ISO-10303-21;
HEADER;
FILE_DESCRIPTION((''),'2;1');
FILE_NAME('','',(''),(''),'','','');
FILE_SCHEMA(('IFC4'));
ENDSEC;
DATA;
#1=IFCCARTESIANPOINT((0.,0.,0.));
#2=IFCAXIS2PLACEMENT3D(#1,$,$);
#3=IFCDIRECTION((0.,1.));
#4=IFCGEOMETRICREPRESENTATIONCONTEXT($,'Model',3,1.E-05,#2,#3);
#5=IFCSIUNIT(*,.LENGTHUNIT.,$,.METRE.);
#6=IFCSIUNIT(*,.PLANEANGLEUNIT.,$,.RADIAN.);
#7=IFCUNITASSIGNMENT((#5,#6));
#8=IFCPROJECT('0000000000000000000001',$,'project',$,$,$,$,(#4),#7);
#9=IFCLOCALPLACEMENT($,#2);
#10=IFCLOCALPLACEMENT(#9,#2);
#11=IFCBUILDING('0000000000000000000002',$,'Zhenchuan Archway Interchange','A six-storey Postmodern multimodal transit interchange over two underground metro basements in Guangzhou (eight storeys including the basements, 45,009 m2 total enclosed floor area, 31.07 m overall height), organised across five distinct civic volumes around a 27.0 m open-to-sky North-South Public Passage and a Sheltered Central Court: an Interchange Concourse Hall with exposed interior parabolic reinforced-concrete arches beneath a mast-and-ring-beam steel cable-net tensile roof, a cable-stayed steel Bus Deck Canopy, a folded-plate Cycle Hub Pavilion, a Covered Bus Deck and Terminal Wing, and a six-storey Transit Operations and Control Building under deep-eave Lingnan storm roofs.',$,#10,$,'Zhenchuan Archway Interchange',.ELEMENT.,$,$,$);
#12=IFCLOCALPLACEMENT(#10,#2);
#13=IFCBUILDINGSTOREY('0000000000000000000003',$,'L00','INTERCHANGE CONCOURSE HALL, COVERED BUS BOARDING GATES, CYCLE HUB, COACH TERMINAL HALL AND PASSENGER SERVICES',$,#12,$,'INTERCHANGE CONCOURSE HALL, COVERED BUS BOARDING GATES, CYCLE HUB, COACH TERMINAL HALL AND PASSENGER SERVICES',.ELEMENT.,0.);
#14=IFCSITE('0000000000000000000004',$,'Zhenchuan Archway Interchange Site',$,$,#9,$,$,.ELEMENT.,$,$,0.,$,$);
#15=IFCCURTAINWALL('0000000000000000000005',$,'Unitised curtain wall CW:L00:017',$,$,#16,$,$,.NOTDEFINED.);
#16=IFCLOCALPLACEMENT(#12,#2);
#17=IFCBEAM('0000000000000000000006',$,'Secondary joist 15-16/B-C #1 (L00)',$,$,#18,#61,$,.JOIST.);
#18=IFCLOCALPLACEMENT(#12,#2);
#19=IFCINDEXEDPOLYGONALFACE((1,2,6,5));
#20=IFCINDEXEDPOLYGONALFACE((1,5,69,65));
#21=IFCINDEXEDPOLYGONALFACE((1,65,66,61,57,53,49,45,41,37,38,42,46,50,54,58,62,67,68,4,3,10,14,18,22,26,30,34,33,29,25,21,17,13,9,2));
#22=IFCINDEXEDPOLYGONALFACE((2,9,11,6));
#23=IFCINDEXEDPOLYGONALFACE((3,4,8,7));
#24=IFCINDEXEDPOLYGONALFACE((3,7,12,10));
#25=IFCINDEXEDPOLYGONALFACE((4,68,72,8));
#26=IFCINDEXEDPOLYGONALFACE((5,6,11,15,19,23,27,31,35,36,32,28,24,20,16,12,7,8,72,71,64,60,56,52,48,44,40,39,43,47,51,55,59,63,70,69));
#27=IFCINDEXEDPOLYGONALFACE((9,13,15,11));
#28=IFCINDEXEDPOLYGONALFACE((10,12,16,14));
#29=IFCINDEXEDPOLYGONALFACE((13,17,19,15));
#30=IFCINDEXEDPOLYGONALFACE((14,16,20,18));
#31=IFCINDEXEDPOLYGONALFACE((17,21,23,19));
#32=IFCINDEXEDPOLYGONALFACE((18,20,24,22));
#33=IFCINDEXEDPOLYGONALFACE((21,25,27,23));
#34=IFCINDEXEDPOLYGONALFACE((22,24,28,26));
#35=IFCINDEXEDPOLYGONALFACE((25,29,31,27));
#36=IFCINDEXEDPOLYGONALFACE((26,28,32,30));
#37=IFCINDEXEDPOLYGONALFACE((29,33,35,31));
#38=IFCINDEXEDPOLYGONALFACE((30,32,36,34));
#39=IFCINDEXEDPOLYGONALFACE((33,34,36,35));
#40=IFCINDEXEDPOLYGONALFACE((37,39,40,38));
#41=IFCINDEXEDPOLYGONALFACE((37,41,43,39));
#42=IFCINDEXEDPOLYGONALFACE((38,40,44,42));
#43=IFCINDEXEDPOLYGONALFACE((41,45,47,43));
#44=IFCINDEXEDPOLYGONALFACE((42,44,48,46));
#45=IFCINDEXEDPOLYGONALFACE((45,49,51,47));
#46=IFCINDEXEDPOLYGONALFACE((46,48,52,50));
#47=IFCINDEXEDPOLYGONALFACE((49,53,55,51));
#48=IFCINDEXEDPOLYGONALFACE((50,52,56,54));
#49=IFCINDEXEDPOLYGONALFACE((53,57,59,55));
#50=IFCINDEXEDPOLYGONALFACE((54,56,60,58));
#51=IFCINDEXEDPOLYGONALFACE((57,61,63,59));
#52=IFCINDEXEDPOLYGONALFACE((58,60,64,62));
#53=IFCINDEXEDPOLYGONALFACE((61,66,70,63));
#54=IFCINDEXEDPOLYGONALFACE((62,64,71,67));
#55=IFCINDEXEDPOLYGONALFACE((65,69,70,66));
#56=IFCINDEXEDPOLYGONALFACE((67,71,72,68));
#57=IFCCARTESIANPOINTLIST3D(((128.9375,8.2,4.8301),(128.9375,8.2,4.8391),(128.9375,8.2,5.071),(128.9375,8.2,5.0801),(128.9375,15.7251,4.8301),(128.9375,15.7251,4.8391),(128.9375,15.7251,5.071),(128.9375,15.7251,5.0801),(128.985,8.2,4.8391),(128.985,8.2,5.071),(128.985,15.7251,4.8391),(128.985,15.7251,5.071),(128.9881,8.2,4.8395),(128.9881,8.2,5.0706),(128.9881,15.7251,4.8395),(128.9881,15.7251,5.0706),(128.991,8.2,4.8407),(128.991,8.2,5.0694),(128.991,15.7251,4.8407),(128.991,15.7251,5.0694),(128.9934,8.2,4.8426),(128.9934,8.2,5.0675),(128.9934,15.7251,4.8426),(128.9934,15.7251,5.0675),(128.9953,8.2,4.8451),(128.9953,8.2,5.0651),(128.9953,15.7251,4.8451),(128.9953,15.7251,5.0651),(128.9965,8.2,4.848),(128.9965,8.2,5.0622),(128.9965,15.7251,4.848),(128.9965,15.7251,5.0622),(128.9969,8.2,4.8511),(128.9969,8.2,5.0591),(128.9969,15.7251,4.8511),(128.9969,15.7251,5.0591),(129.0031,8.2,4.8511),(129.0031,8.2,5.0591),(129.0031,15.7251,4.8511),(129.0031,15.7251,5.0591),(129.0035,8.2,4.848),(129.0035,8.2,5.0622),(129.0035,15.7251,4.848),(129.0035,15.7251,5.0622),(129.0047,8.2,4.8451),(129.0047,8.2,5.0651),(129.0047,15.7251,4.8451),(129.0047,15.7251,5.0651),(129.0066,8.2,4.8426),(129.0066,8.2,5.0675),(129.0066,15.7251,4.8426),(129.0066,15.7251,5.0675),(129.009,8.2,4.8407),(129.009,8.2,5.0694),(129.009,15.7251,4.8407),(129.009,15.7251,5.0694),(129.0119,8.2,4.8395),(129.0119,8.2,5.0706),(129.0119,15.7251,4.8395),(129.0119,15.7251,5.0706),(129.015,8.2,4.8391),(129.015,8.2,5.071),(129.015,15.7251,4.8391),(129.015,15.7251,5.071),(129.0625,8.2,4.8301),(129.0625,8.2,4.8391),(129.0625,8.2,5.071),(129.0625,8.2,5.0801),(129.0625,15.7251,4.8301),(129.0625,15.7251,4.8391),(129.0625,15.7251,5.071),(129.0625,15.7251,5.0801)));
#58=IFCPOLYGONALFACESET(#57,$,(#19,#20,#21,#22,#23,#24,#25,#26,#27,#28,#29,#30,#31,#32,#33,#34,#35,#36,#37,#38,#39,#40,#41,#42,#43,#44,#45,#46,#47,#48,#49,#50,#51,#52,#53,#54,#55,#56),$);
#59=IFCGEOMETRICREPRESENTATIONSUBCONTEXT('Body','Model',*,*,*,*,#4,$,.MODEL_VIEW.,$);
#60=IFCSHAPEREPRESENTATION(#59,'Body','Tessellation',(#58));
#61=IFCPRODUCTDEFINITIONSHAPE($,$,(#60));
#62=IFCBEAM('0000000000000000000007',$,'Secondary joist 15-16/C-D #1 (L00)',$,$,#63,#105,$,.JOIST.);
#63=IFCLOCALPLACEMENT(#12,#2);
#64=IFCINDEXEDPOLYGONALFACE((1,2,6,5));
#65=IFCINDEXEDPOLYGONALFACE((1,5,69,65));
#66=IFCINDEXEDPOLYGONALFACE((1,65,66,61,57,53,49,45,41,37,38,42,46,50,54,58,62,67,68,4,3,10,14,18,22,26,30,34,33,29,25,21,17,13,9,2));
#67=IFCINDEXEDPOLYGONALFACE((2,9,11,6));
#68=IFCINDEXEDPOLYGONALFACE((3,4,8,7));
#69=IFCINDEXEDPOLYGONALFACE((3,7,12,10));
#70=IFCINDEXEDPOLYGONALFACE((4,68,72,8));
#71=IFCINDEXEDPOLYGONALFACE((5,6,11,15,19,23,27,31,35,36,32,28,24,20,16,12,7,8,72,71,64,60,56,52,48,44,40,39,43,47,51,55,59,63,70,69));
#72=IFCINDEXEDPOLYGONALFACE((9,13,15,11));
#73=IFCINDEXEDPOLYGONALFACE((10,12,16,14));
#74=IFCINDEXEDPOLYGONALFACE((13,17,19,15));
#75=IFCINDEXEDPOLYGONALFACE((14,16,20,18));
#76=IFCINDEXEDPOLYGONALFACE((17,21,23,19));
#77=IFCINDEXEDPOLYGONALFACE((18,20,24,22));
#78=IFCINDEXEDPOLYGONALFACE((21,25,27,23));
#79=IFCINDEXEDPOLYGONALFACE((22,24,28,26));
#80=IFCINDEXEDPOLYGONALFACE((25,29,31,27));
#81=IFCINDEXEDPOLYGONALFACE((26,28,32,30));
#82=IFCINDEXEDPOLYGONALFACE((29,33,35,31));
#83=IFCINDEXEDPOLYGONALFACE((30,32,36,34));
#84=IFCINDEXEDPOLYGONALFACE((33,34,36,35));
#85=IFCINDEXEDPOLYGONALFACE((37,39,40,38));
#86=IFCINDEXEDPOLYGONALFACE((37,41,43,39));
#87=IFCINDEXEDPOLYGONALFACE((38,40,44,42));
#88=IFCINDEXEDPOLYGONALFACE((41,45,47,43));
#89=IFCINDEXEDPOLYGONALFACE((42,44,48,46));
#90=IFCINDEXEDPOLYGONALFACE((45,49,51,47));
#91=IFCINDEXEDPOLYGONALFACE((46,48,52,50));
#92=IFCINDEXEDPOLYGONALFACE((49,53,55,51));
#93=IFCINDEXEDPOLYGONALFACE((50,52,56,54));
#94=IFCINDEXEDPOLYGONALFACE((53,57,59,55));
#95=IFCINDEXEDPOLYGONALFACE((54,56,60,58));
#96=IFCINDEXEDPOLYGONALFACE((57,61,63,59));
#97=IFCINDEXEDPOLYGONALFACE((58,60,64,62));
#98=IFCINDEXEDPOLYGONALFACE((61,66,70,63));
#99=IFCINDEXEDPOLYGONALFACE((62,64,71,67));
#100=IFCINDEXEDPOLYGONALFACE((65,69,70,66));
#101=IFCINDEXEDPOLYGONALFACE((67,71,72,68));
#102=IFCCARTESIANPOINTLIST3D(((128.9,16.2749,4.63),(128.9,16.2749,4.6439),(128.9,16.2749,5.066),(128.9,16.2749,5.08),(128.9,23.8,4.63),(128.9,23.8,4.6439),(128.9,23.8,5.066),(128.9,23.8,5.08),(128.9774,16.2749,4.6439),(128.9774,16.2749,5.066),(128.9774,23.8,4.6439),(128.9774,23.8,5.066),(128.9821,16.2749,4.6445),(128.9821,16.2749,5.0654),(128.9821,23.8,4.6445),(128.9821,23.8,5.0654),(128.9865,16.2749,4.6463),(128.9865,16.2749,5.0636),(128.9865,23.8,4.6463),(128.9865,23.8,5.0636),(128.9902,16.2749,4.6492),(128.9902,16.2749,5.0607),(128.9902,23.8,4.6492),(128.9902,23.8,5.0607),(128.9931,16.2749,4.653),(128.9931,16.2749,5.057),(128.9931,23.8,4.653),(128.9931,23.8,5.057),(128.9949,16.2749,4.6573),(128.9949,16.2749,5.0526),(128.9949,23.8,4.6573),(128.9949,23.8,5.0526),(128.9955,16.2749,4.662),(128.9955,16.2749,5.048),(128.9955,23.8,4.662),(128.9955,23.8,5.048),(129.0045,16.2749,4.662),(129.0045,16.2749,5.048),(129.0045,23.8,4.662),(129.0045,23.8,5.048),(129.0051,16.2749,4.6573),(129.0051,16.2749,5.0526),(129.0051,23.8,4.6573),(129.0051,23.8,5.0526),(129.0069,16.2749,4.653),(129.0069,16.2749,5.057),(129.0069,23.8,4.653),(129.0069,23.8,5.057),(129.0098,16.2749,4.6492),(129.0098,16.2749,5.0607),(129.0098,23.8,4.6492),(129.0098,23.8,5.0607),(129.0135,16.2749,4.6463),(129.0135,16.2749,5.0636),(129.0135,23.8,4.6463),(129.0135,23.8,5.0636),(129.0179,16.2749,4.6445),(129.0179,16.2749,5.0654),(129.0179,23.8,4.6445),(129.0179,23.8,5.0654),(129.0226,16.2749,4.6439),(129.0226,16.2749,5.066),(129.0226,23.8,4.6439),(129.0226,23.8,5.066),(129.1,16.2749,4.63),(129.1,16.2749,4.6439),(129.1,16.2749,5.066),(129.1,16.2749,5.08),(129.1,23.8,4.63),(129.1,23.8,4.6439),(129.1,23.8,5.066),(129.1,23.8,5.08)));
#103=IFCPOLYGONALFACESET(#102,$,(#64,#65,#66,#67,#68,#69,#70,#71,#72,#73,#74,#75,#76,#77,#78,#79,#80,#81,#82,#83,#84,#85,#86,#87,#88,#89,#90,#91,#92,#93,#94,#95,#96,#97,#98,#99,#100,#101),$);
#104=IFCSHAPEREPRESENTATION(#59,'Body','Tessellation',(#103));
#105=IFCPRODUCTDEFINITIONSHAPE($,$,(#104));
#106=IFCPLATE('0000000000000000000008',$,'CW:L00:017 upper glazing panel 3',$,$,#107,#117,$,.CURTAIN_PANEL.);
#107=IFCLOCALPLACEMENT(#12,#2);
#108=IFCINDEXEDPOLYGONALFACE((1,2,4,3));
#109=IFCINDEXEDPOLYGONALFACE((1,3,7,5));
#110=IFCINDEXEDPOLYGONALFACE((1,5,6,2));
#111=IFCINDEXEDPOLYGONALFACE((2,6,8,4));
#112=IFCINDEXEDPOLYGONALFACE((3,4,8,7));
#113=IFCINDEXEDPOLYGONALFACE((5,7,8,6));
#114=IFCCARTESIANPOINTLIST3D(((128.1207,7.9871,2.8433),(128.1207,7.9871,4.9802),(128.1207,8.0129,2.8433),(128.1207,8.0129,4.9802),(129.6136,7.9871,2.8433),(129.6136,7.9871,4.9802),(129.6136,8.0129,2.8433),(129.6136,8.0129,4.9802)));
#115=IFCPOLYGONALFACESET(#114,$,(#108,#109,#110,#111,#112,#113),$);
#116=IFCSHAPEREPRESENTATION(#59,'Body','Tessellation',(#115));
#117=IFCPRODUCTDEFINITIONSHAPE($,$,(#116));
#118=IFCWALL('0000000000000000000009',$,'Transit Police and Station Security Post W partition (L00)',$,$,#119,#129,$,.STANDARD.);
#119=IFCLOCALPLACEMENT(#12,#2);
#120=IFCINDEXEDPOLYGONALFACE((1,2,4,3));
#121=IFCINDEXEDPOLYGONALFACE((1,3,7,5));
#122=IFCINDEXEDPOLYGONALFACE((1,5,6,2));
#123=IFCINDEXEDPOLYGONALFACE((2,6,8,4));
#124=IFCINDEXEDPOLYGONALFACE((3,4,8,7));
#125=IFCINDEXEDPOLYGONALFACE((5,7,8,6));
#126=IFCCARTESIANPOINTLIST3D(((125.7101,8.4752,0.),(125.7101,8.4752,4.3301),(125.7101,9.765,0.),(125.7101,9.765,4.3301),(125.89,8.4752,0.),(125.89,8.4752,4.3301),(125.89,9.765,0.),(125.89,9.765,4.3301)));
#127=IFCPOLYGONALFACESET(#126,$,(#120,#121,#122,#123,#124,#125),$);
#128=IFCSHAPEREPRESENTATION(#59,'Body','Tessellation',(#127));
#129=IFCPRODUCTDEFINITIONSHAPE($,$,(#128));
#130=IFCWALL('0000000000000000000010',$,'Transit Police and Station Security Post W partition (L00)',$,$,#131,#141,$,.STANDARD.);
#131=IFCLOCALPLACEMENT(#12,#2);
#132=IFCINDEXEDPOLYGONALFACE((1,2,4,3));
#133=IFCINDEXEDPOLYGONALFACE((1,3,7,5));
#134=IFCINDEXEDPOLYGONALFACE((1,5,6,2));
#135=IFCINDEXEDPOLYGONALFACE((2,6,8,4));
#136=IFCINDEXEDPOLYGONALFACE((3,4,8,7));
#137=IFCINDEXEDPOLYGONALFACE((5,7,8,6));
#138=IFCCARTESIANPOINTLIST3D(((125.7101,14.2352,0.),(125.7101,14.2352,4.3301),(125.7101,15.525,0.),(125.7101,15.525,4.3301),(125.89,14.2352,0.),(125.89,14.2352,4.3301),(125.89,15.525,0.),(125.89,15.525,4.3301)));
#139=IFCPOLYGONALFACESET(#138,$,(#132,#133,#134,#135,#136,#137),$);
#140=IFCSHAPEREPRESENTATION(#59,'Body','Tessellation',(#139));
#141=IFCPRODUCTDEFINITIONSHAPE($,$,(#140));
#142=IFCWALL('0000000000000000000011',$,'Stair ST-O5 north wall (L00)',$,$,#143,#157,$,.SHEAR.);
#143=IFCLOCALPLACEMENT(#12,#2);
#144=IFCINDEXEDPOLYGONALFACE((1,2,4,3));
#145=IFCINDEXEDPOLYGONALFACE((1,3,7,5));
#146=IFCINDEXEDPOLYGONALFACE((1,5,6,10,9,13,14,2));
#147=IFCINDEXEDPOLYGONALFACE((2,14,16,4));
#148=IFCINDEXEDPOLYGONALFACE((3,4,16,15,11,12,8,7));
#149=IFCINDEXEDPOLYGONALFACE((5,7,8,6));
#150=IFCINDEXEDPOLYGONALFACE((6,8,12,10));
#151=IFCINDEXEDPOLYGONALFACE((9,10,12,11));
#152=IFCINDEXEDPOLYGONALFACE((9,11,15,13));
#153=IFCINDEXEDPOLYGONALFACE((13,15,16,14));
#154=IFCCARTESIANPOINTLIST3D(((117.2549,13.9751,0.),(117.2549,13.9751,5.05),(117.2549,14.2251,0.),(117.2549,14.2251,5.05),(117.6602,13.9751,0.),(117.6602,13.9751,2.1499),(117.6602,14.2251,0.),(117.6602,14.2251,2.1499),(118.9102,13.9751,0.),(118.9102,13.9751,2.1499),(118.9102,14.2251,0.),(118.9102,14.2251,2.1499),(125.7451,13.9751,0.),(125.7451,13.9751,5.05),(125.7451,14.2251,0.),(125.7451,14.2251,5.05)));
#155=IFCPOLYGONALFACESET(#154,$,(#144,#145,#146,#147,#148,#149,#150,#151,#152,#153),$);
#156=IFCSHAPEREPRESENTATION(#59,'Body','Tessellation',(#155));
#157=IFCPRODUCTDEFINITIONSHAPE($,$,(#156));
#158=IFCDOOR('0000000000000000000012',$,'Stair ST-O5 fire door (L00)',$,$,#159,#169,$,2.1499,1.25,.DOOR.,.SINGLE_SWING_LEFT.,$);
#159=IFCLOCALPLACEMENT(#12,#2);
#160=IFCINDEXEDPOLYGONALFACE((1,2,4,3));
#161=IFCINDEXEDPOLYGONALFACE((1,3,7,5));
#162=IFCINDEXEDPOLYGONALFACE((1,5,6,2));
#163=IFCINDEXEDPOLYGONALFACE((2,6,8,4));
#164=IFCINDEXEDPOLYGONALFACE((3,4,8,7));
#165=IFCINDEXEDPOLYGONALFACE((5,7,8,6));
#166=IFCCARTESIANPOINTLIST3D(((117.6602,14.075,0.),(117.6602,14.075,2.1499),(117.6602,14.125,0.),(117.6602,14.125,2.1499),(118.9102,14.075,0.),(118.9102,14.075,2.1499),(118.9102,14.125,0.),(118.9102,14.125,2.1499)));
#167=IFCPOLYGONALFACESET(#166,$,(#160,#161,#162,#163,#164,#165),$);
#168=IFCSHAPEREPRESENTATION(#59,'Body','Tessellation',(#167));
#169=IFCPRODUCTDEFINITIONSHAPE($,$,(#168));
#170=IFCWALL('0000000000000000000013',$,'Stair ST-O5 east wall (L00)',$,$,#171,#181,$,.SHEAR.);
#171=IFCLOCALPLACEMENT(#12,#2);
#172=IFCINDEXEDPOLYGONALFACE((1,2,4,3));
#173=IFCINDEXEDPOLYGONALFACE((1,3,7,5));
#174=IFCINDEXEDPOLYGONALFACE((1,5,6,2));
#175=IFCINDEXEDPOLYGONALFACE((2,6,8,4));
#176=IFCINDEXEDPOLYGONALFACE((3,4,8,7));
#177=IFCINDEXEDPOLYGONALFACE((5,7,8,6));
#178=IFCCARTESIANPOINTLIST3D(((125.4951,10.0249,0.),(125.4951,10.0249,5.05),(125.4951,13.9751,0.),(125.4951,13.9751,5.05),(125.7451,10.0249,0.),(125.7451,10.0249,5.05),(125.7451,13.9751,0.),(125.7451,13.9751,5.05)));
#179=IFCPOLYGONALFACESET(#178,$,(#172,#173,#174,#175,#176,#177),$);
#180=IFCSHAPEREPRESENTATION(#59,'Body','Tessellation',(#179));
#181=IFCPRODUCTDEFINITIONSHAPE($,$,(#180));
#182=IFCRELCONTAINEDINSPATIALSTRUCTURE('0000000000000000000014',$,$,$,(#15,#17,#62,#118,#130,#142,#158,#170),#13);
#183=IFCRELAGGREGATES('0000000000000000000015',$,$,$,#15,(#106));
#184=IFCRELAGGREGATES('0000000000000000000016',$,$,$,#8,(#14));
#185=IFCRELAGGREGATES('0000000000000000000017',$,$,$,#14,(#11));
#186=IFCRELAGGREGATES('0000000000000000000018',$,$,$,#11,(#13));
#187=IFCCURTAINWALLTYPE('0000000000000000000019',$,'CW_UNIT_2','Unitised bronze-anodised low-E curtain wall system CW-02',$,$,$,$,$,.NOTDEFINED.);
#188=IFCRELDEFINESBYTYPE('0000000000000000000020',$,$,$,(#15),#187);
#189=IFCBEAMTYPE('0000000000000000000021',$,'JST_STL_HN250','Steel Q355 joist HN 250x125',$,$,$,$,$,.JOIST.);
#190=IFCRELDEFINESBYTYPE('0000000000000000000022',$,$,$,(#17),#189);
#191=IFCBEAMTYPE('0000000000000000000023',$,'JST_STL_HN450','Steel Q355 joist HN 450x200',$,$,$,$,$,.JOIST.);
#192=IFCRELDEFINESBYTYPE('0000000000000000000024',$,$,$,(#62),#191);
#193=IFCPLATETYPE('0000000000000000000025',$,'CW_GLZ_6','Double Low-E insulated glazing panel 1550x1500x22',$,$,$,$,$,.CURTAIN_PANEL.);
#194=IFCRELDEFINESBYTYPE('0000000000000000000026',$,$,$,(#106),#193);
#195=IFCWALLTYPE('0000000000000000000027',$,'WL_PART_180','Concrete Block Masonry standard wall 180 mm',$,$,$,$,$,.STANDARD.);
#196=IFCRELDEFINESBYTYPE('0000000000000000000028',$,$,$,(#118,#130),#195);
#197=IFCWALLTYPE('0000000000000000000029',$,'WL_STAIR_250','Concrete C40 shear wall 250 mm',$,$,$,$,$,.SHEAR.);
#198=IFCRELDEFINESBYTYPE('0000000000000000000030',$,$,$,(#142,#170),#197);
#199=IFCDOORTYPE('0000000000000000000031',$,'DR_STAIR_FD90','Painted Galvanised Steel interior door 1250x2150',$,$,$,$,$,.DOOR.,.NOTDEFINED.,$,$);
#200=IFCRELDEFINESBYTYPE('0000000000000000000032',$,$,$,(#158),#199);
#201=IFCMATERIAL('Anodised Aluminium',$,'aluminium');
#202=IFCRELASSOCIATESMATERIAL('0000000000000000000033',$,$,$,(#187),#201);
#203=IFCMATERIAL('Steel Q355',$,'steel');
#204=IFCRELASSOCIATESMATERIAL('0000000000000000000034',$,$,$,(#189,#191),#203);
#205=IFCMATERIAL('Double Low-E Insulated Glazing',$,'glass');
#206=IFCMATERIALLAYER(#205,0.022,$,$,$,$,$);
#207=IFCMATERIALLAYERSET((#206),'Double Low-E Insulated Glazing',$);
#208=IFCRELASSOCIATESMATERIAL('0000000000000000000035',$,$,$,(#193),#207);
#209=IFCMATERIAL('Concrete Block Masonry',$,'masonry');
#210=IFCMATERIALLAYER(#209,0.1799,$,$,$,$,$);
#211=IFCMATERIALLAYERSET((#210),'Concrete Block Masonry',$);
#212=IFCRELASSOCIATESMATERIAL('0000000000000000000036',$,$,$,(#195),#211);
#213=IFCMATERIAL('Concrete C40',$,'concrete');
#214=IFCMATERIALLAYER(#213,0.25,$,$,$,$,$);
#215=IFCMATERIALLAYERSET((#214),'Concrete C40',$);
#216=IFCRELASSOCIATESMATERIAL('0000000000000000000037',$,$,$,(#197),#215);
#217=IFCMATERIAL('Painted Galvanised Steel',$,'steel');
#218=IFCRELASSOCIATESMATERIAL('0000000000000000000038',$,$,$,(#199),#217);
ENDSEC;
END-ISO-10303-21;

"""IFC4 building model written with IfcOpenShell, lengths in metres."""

from ifc_helpers import new_model, si_unit, direction, frame, frame_2d, origin, origin_2d, place, context, subcontext, project, spatial, rectangle, i_section, extrude, material, layer, layer_set, material_profile, profile_set, type_object, element, fill, aggregate, save


model = new_model("IFC4")

# Units and contexts
model_context = context("Model", 3, precision=1e-05, world=origin(), true_north=direction((0.0, 1.0)))
body_context = subcontext(model_context, "Body", "Model", "MODEL_VIEW")
ifc_project = project(units=[si_unit("LENGTHUNIT", "METRE"), si_unit("PLANEANGLEUNIT", "RADIAN")], contexts=[model_context])

# Site, building, storey
site_placement = place(None, origin())
site = spatial("IfcSite", under=ifc_project, at=site_placement, Name="Zhenchuan Archway Interchange Site", CompositionType="ELEMENT", RefElevation=0.0)
building_placement = place(site_placement, origin())
building = spatial("IfcBuilding", under=site, at=building_placement, Name="Zhenchuan Archway Interchange", Description="A six-storey Postmodern multimodal transit interchange over two underground metro basements in Guangzhou (eight storeys including the basements, 45,009 m2 total enclosed floor area, 31.07 m overall height), organised across five distinct civic volumes around a 27.0 m open-to-sky North-South Public Passage and a Sheltered Central Court: an Interchange Concourse Hall with exposed interior parabolic reinforced-concrete arches beneath a mast-and-ring-beam steel cable-net tensile roof, a cable-stayed steel Bus Deck Canopy, a folded-plate Cycle Hub Pavilion, a Covered Bus Deck and Terminal Wing, and a six-storey Transit Operations and Control Building under deep-eave Lingnan storm roofs.", LongName="Zhenchuan Archway Interchange", CompositionType="ELEMENT")
storey_placement = place(building_placement, origin())
storey = spatial("IfcBuildingStorey", under=building, at=storey_placement, Name="L00", Description="INTERCHANGE CONCOURSE HALL, COVERED BUS BOARDING GATES, CYCLE HUB, COACH TERMINAL HALL AND PASSENGER SERVICES", LongName="INTERCHANGE CONCOURSE HALL, COVERED BUS BOARDING GATES, CYCLE HUB, COACH TERMINAL HALL AND PASSENGER SERVICES", CompositionType="ELEMENT", Elevation=0.0)

# Shared definitions
ifc_material_1 = material(Name="Concrete C40", Category="concrete")

# Curtain wall
ifc_material_2 = material(Name="Anodised Aluminium", Category="aluminium")
curtain_wall_type = type_object("IfcCurtainWallType", Name="CW_UNIT_2", Description="Unitised bronze-anodised low-E curtain wall system CW-02", PredefinedType="NOTDEFINED", material=ifc_material_2)
curtain_wall_placement = place(storey_placement, origin())
curtain_wall = element("IfcCurtainWall", 1, at=curtain_wall_placement, inside=storey, type_object=curtain_wall_type, Name="Unitised curtain wall CW:L00:017", PredefinedType="NOTDEFINED")

# Beams
ifc_material_3 = material(Name="Steel Q355", Category="steel")
ifc_material_profile_1 = material_profile(ifc_material_3, i_section(OverallWidth=0.125, OverallDepth=0.25, WebThickness=0.0061, FlangeThickness=0.009, FilletRadius=0.012, at=origin_2d()), Name="HN 250x125")
ifc_profile_set_1 = profile_set([ifc_material_profile_1], Name="Steel Q355")
beam_type_1 = type_object("IfcBeamType", Name="JST_STL_HN250", Description="Steel Q355 joist HN 250x125", PredefinedType="JOIST", material=ifc_profile_set_1)
for number, where, z_axis, x_axis, name in (
    (2, (129.0, 8.2, 4.9551), (0.0, 1.0, 0.0), (-1.0, 0.0, 0.0), "Secondary joist 15-16/B-C #1 (L00)"),
):
    element("IfcBeam", number, at=place(storey_placement, frame(where, z_axis=z_axis, x_axis=x_axis)), inside=storey, type_object=beam_type_1, Name=name, PredefinedType="JOIST", context=body_context, shape_type="SweptSolid", body=[
        extrude(i_section(OverallWidth=0.125, OverallDepth=0.25, WebThickness=0.0061, FlangeThickness=0.009, FilletRadius=0.012, at=origin_2d()), origin(), (0.0, 0.0, 1.0), 7.5251),
    ])
ifc_material_profile_2 = material_profile(ifc_material_3, i_section(OverallWidth=0.2, OverallDepth=0.45, WebThickness=0.009, FlangeThickness=0.0139, FilletRadius=0.0181, at=origin_2d()), Name="HN 450x200")
ifc_profile_set_2 = profile_set([ifc_material_profile_2], Name="Steel Q355")
beam_type_2 = type_object("IfcBeamType", Name="JST_STL_HN450", Description="Steel Q355 joist HN 450x200", PredefinedType="JOIST", material=ifc_profile_set_2)
beam_1_placement = place(storey_placement, frame((129.0, 16.2749, 4.855), z_axis=(0.0, 1.0, 0.0), x_axis=(-1.0, 0.0, 0.0)))
element("IfcBeam", 3, at=beam_1_placement, inside=storey, type_object=beam_type_2, Name="Secondary joist 15-16/C-D #1 (L00)", PredefinedType="JOIST", context=body_context, shape_type="SweptSolid", body=[
    extrude(i_section(OverallWidth=0.2, OverallDepth=0.45, WebThickness=0.009, FlangeThickness=0.0139, FilletRadius=0.0181, at=origin_2d()), origin(), (0.0, 0.0, 1.0), 7.5251),
])

# Plate
ifc_material_4 = material(Name="Double Low-E Insulated Glazing", Category="glass")
ifc_layer_1 = layer(ifc_material_4, 0.022)
ifc_layer_set_1 = layer_set([ifc_layer_1], Name="Double Low-E Insulated Glazing")
plate_type = type_object("IfcPlateType", Name="CW_GLZ_6", Description="Double Low-E insulated glazing panel 1550x1500x22", PredefinedType="CURTAIN_PANEL", material=ifc_layer_set_1)
plate_placement = place(storey_placement, frame((128.8672, 8.0, 2.8433), z_axis=(0.0, 0.0, 1.0), x_axis=(-1.0, 0.0, 0.0)))
plate = element("IfcPlate", 4, at=plate_placement, type_object=plate_type, Name="CW:L00:017 upper glazing panel 3", PredefinedType="CURTAIN_PANEL", context=body_context, shape_type="SweptSolid", body=[
    extrude(rectangle(XDim=1.4929, YDim=0.0259, at=origin_2d()), origin(), (0.0, 0.0, 1.0), 2.137),
])
aggregate(curtain_wall, [plate])

# Walls
ifc_material_5 = material(Name="Concrete Block Masonry", Category="masonry")
ifc_layer_2 = layer(ifc_material_5, 0.1799)
ifc_layer_set_2 = layer_set([ifc_layer_2], Name="Concrete Block Masonry")
wall_type_1 = type_object("IfcWallType", Name="WL_PART_180", Description="Concrete Block Masonry standard wall 180 mm", PredefinedType="STANDARD", material=ifc_layer_set_2)
for number, where, z_axis, x_axis, name in (
    (5, (125.8, 8.4751, 0.0), (0.0, 0.0, 1.0), (0.0, 1.0, 0.0), "Transit Police and Station Security Post W partition (L00)"),
    (6, (125.8, 14.2351, 0.0), (0.0, 0.0, 1.0), (0.0, 1.0, 0.0), "Transit Police and Station Security Post W partition (L00)"),
):
    element("IfcWall", number, at=place(storey_placement, frame(where, z_axis=z_axis, x_axis=x_axis)), inside=storey, type_object=wall_type_1, Name=name, PredefinedType="STANDARD", context=body_context, shape_type="SweptSolid", body=[
        extrude(rectangle(XDim=1.2898, YDim=0.1799, at=frame_2d((0.645, 0.0))), origin(), (0.0, 0.0, 1.0), 4.3301),
    ])

# Wall, opening, door
ifc_layer_3 = layer(ifc_material_1, 0.25)
ifc_layer_set_3 = layer_set([ifc_layer_3], Name="Concrete C40")
wall_type_2 = type_object("IfcWallType", Name="WL_STAIR_250", Description="Concrete C40 shear wall 250 mm", PredefinedType="SHEAR", material=ifc_layer_set_3)
wall_1_placement = place(storey_placement, frame((125.7451, 14.1001, 0.0), z_axis=(0.0, 0.0, 1.0), x_axis=(-1.0, 0.0, 0.0)))
wall_1 = element("IfcWall", 7, at=wall_1_placement, inside=storey, type_object=wall_type_2, Name="Stair ST-O5 north wall (L00)", PredefinedType="SHEAR", context=body_context, shape_type="SweptSolid", body=[
    extrude(rectangle(XDim=8.4902, YDim=0.25, at=frame_2d((4.2451, 0.0))), origin(), (0.0, 0.0, 1.0), 5.05),
])
opening_placement = place(wall_1_placement, frame((6.835, 0.0, 0.0)))
opening = element("IfcOpeningElement", 8, at=opening_placement, cuts=wall_1, PredefinedType="OPENING", context=body_context, shape_type="SweptSolid", body=[
    extrude(rectangle(XDim=1.25, YDim=2.1499, at=frame_2d((0.625, 1.075))), frame((0.0, 0.137, 0.0), z_axis=(0.0, -1.0, 0.0), x_axis=(1.0, 0.0, 0.0)), (0.0, 0.0, 1.0), 0.2739),
])
ifc_material_6 = material(Name="Painted Galvanised Steel", Category="steel")
door_type = type_object("IfcDoorType", Name="DR_STAIR_FD90", Description="Painted Galvanised Steel interior door 1250x2150", OperationType="NOTDEFINED", PredefinedType="DOOR", material=ifc_material_6)
door_placement = place(opening_placement, frame((1.25, 0.0, 0.0), z_axis=(0.0, 0.0, 1.0), x_axis=(-1.0, 0.0, 0.0)))
door = element("IfcDoor", 9, at=door_placement, inside=storey, type_object=door_type, Name="Stair ST-O5 fire door (L00)", OperationType="SINGLE_SWING_LEFT", OverallHeight=2.1499, OverallWidth=1.25, PredefinedType="DOOR", context=body_context, shape_type="SweptSolid", body=[
    extrude(rectangle(XDim=1.25, YDim=2.1499, at=frame_2d((0.625, 1.075))), frame((0.0, 0.0249, 0.0), z_axis=(0.0, -1.0, 0.0), x_axis=(1.0, 0.0, 0.0)), (0.0, 0.0, 1.0), 0.05),
])
fill(opening, door)

# Wall
wall_2_placement = place(storey_placement, frame((125.6201, 10.0249, 0.0), z_axis=(0.0, 0.0, 1.0), x_axis=(0.0, 1.0, 0.0)))
element("IfcWall", 10, at=wall_2_placement, inside=storey, type_object=wall_type_2, Name="Stair ST-O5 east wall (L00)", PredefinedType="SHEAR", context=body_context, shape_type="SweptSolid", body=[
    extrude(rectangle(XDim=3.9502, YDim=0.25, at=frame_2d((1.9751, 0.0))), origin(), (0.0, 0.0, 1.0), 5.05),
])

save(model, "model.ifc")
